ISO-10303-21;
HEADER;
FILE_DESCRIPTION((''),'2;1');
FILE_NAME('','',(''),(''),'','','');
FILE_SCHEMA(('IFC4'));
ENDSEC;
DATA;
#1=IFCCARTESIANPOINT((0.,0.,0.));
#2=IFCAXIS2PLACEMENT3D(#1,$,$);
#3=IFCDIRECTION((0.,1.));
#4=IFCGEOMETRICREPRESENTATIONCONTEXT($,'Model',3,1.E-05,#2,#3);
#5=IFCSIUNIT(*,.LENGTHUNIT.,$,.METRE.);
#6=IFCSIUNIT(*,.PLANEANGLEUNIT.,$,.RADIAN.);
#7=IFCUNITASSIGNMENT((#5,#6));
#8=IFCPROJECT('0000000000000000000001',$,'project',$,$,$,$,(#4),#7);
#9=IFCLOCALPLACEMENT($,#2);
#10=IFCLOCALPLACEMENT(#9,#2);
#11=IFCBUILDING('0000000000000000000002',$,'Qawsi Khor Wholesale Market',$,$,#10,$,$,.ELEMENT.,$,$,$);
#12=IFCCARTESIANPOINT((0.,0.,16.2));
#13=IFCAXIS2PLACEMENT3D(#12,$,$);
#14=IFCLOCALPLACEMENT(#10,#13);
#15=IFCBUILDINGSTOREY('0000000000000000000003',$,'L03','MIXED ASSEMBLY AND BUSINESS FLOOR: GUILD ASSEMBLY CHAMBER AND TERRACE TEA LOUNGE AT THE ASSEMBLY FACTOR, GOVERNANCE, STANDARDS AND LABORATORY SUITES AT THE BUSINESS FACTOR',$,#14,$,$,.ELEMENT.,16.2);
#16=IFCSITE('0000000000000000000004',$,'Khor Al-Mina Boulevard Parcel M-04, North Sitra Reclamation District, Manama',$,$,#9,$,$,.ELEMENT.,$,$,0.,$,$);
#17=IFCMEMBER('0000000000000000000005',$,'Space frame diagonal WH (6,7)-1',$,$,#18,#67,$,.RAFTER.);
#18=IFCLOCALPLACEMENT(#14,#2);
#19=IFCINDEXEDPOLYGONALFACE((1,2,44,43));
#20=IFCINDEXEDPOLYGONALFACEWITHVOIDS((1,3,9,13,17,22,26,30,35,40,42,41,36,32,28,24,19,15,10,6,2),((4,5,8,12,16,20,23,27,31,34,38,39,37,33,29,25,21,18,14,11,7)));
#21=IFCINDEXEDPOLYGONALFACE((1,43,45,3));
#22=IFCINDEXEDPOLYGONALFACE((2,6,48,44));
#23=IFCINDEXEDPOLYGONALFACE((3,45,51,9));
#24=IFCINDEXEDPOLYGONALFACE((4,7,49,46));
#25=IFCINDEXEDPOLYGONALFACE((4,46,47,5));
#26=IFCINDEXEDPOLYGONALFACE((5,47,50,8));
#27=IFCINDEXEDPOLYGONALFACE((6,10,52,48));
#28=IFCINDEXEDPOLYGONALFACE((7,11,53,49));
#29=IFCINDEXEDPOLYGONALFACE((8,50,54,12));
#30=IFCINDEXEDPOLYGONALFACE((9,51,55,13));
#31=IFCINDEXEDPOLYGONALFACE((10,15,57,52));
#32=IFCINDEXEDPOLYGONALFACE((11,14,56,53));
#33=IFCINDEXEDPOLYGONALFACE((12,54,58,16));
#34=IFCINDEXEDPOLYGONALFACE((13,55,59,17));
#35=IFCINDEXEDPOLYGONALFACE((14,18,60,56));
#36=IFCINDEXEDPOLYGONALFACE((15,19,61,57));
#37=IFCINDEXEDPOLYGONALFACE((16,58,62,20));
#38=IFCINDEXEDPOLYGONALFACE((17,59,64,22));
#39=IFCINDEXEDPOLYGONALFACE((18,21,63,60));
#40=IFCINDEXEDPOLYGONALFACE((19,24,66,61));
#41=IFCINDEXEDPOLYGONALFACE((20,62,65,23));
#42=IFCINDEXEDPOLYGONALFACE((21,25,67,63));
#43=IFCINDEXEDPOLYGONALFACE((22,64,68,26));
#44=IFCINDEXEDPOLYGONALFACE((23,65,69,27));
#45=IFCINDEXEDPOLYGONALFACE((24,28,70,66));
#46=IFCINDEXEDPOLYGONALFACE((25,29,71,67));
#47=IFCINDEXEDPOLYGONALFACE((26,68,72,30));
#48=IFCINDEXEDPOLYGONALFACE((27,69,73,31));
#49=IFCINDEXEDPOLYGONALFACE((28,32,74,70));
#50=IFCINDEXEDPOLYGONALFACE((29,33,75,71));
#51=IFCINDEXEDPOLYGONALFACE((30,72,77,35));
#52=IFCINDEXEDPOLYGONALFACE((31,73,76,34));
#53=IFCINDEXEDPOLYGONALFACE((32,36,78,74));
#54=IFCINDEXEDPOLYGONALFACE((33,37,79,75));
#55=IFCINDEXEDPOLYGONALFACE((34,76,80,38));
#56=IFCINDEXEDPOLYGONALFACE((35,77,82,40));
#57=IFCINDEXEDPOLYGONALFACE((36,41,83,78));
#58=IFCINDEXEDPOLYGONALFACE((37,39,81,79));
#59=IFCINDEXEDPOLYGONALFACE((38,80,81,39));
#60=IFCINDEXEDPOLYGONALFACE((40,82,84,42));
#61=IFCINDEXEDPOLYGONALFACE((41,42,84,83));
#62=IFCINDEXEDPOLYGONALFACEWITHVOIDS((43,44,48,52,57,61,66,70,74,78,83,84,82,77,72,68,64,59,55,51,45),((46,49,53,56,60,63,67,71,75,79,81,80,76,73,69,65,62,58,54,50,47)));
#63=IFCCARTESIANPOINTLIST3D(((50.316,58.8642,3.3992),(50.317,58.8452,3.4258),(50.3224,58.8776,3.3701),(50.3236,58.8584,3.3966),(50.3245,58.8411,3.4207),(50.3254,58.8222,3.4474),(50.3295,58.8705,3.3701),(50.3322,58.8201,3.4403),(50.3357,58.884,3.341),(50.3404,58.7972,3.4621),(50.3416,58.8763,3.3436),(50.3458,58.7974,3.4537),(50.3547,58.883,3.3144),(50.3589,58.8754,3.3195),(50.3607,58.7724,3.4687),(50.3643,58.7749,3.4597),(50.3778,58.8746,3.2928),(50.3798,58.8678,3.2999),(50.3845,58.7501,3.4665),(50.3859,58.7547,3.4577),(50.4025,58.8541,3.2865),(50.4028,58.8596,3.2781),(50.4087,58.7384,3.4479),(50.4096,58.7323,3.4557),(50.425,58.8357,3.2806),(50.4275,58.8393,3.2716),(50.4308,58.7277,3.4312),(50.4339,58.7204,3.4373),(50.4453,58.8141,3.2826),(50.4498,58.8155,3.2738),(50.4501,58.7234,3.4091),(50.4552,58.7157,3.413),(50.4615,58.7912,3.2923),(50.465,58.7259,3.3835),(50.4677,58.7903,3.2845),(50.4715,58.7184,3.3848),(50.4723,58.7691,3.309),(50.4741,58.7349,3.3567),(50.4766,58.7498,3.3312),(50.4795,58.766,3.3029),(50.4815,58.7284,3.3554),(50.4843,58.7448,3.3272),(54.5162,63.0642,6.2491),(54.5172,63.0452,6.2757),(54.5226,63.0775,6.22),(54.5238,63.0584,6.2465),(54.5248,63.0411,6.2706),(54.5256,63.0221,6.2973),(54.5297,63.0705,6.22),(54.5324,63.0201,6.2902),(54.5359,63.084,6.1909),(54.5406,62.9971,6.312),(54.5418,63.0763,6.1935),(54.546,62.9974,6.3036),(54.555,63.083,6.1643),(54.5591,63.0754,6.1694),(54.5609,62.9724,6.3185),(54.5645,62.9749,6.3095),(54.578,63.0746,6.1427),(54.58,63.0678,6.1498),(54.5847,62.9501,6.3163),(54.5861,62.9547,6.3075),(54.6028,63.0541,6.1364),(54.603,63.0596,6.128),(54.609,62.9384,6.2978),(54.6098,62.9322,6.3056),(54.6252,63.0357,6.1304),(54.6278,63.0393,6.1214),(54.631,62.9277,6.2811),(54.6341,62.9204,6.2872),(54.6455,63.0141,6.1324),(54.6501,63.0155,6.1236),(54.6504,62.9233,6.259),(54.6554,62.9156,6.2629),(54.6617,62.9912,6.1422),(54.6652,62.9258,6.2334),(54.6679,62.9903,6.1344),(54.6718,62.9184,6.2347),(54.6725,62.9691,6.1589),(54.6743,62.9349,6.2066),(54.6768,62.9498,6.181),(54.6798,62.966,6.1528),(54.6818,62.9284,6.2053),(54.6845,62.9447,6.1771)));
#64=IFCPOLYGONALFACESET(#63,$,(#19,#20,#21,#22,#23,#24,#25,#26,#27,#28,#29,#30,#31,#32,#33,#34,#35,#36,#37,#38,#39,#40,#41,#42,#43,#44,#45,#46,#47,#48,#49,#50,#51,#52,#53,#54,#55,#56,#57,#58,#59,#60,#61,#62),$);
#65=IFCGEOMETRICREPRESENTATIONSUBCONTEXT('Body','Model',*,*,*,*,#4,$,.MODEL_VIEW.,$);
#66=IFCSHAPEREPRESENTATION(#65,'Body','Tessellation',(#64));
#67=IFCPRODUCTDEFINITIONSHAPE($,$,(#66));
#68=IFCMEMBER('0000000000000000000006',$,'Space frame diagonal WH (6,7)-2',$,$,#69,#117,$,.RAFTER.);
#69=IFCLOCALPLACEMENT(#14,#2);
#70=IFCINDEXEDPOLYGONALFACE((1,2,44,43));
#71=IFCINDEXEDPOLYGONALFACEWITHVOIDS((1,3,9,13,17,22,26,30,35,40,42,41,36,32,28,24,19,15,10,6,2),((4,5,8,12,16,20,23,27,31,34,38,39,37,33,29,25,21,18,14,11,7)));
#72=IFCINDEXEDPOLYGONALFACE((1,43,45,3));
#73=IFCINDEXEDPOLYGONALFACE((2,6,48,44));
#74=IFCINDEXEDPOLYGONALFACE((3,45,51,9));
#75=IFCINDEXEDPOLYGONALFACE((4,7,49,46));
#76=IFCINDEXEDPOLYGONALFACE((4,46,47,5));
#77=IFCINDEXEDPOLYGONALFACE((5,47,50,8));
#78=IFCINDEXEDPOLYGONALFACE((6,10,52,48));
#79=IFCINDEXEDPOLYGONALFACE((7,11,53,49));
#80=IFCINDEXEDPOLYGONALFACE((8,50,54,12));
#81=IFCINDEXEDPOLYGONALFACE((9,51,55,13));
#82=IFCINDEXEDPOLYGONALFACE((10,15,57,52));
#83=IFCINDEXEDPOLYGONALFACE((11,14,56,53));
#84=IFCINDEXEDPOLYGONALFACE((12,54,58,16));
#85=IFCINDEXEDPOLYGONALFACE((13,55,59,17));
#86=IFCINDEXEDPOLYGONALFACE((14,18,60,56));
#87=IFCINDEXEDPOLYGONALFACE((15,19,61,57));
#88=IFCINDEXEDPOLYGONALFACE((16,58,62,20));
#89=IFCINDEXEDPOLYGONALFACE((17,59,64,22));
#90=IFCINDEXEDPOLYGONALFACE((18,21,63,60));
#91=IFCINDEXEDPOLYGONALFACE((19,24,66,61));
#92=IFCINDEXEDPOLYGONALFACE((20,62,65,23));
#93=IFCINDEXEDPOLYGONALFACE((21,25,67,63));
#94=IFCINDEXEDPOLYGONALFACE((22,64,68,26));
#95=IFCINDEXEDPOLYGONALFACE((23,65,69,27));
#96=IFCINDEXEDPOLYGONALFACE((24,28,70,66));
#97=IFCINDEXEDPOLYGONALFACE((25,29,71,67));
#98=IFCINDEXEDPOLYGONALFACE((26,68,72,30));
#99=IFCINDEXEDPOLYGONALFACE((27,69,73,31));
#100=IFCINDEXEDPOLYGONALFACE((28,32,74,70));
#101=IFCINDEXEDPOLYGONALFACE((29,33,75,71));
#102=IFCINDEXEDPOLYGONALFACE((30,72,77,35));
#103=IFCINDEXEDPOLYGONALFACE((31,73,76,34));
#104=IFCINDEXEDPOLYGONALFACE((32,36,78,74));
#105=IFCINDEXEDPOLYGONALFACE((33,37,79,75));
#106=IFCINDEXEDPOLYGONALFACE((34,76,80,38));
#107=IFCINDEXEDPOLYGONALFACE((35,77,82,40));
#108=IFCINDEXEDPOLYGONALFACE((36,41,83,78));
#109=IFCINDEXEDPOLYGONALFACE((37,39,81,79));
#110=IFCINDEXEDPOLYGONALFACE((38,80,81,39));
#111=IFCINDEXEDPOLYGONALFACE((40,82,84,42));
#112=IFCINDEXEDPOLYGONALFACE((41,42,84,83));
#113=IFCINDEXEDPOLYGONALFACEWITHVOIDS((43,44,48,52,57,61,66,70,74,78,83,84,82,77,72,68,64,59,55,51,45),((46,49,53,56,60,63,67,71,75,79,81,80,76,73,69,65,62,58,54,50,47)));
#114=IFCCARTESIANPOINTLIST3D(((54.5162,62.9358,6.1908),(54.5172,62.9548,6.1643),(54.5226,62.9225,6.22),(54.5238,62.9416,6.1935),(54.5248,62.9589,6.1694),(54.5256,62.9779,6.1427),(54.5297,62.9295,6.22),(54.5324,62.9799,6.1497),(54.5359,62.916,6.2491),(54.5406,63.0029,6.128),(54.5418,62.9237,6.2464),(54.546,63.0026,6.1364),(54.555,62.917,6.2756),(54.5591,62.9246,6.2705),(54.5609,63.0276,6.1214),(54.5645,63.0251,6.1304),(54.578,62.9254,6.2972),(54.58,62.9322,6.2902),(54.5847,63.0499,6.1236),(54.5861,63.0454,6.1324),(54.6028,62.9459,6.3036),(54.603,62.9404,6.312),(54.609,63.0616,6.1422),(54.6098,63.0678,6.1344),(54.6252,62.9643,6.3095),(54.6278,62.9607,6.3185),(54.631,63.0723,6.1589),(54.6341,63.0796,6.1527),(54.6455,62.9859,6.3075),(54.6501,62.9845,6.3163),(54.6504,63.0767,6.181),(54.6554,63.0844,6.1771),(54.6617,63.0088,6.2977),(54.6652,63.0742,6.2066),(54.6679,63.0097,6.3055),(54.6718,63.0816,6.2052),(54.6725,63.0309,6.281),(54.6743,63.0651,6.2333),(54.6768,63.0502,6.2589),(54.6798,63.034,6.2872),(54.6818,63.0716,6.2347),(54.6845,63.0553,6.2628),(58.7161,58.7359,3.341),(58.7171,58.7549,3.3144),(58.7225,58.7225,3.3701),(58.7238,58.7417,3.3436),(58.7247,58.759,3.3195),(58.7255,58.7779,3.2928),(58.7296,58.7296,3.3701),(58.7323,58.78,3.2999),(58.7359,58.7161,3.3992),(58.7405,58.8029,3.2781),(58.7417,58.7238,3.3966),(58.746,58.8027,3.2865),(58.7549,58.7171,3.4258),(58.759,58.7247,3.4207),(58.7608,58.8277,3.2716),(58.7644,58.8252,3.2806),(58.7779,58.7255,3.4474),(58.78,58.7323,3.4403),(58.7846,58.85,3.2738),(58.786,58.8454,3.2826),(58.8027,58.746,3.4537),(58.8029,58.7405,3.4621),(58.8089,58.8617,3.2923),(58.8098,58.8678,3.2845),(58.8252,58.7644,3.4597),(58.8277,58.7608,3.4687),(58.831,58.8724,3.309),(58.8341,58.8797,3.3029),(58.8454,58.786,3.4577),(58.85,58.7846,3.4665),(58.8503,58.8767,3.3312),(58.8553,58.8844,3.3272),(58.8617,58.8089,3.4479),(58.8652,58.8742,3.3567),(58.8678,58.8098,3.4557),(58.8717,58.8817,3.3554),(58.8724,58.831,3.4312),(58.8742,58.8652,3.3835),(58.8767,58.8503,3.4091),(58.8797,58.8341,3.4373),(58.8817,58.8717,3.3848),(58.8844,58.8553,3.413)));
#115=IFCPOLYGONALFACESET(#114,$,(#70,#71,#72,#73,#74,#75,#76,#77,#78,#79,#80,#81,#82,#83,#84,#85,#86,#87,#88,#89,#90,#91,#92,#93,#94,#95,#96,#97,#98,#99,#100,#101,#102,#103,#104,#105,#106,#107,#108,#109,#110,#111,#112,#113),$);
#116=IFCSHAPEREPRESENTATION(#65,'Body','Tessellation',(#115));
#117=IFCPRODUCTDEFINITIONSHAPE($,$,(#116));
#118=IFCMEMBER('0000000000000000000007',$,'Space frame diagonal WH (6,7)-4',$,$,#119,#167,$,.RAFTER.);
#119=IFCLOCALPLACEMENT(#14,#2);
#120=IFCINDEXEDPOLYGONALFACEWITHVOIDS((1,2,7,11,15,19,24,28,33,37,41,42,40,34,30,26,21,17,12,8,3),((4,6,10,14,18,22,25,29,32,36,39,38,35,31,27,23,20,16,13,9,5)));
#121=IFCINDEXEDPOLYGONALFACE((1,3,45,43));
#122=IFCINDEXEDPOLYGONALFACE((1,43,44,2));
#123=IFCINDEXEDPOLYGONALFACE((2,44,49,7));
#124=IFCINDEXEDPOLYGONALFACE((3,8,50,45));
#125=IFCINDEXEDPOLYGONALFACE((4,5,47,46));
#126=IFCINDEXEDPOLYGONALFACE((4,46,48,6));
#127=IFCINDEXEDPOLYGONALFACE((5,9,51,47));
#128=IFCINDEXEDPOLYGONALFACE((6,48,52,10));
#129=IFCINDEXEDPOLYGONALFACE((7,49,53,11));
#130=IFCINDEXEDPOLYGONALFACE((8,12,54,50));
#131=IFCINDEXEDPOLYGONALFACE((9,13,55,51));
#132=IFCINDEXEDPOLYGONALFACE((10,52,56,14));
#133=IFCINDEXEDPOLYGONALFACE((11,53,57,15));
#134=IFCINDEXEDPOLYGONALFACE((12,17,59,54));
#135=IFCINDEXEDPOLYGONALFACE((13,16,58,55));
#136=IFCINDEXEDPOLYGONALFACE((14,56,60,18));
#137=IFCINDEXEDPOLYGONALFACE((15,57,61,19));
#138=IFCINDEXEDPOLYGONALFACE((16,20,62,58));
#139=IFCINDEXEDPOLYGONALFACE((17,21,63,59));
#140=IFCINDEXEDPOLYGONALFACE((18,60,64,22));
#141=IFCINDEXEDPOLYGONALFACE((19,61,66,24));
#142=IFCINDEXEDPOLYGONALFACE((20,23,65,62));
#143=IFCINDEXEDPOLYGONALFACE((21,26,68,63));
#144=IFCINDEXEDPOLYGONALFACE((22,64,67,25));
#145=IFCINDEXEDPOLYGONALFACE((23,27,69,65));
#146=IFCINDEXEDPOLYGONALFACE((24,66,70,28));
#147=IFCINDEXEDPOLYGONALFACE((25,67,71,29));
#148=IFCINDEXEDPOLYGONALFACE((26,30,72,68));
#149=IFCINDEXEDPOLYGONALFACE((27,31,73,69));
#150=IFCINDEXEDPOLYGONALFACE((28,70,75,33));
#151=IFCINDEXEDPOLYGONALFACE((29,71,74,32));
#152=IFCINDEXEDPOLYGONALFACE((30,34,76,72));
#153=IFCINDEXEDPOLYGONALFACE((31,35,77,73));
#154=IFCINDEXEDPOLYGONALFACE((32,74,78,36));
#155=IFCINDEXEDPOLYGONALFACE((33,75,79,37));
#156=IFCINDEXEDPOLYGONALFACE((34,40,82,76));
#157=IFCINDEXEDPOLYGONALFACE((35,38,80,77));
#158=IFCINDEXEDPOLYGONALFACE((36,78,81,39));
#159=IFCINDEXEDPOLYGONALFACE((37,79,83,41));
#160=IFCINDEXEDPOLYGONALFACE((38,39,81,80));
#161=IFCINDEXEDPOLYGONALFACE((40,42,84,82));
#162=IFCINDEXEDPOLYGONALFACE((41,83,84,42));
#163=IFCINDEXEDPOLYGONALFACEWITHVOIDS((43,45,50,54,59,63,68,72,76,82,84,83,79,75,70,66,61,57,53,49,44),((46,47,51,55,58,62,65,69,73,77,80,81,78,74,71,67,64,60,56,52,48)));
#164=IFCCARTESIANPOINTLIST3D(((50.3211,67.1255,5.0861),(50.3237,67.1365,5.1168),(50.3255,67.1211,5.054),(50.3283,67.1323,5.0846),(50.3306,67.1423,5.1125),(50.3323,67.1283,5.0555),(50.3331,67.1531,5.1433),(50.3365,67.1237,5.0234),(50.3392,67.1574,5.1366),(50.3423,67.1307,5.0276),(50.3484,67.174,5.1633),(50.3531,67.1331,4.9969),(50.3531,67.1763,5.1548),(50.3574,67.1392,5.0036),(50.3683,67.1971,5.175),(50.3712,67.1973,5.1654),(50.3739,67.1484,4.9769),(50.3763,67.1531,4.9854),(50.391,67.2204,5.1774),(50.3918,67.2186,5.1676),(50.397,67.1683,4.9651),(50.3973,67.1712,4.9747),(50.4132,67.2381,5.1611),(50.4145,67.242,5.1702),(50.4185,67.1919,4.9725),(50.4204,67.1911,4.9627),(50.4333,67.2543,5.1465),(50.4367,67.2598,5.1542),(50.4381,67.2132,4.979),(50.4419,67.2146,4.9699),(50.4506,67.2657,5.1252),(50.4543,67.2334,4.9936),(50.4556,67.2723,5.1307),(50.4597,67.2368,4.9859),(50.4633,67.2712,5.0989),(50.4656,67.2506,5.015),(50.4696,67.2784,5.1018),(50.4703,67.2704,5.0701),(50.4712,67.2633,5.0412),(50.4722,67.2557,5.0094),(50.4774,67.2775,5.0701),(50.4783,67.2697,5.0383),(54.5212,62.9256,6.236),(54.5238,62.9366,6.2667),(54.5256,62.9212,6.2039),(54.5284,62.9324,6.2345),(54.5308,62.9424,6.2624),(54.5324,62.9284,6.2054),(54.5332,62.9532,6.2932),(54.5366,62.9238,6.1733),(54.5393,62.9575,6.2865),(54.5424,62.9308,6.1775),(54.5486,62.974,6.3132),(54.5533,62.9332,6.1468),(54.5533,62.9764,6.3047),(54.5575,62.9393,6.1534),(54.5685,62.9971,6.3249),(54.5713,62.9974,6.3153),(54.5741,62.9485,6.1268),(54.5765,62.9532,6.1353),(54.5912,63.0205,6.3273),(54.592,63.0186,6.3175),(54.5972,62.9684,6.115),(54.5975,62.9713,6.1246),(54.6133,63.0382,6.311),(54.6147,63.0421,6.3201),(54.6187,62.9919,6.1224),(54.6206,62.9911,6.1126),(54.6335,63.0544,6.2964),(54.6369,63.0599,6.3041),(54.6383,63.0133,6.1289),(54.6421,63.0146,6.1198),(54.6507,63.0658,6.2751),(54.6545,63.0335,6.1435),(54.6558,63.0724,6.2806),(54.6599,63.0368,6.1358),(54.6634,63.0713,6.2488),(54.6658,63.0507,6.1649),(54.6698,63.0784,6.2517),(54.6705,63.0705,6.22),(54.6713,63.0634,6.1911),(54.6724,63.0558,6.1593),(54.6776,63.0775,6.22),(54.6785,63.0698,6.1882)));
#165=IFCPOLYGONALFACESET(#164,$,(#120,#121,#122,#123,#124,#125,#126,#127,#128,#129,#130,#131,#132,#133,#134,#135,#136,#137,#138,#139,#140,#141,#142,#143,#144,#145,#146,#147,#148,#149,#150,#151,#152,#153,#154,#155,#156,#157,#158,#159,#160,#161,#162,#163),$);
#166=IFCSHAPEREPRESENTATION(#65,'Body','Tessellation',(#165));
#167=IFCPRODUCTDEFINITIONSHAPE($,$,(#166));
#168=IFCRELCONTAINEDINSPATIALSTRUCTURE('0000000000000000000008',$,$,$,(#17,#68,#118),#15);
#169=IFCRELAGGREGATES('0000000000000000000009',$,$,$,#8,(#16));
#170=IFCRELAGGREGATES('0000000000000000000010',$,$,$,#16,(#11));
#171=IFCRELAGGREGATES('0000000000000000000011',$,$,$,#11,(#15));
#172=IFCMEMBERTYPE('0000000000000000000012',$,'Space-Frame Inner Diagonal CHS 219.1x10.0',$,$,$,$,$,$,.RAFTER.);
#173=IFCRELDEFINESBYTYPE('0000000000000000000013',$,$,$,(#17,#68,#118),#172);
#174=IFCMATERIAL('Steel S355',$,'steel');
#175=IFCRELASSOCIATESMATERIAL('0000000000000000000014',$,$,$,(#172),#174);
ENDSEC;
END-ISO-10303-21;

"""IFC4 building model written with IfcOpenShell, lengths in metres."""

from ifc_helpers import new_model, si_unit, direction, frame, origin, origin_2d, place, context, subcontext, project, spatial, hollow_circle, extrude, material, material_profile, profile_set, type_object, element, save


model = new_model("IFC4")

# Units and contexts
model_context = context("Model", 3, precision=1e-05, world=origin(), true_north=direction((0.0, 1.0)))
body_context = subcontext(model_context, "Body", "Model", "MODEL_VIEW")
ifc_project = project(units=[si_unit("LENGTHUNIT", "METRE"), si_unit("PLANEANGLEUNIT", "RADIAN")], contexts=[model_context])

# Site, building, storey
site_placement = place(None, origin())
site = spatial("IfcSite", under=ifc_project, at=site_placement, Name="Khor Al-Mina Boulevard Parcel M-04, North Sitra Reclamation District, Manama", CompositionType="ELEMENT", RefElevation=0.0)
building_placement = place(site_placement, origin())
building = spatial("IfcBuilding", under=site, at=building_placement, Name="Qawsi Khor Wholesale Market", CompositionType="ELEMENT")
storey_placement = place(building_placement, frame((0.0, 0.0, 16.2)))
storey = spatial("IfcBuildingStorey", under=building, at=storey_placement, Name="L03", Description="MIXED ASSEMBLY AND BUSINESS FLOOR: GUILD ASSEMBLY CHAMBER AND TERRACE TEA LOUNGE AT THE ASSEMBLY FACTOR, GOVERNANCE, STANDARDS AND LABORATORY SUITES AT THE BUSINESS FACTOR", CompositionType="ELEMENT", Elevation=16.2)

# Members
ifc_material_1 = material(Name="Steel S355", Category="steel")
ifc_material_profile_1 = material_profile(ifc_material_1, hollow_circle(Radius=0.1096, WallThickness=0.01, at=origin_2d()), Name="CHS 219.1x10.0")
ifc_profile_set_1 = profile_set([ifc_material_profile_1], Name="Steel S355")
member_type_1 = type_object("IfcMemberType", Name="Space-Frame Inner Diagonal CHS 219.1x10.0", PredefinedType="RAFTER", material=ifc_profile_set_1)
member_1_placement = place(storey_placement, frame((50.3999, 58.8, 3.3701), z_axis=(0.637544, 0.637507, 0.432577), x_axis=(-0.707086, 0.707127, 0.0)))
element("IfcMember", 1, at=member_1_placement, inside=storey, type_object=member_type_1, Name="Space frame diagonal WH (6,7)-1", PredefinedType="RAFTER", context=body_context, shape_type="SweptSolid", body=[
    extrude(hollow_circle(Radius=0.1096, WallThickness=0.01, at=origin_2d()), origin(), (0.0, 0.0, 1.0), 6.5881),
])
member_2_placement = place(storey_placement, frame((58.8, 58.8, 3.3701), z_axis=(-0.637522, 0.637522, 0.432587), x_axis=(-0.707107, -0.707107, 0.0)))
element("IfcMember", 2, at=member_2_placement, inside=storey, type_object=member_type_1, Name="Space frame diagonal WH (6,7)-2", PredefinedType="RAFTER", context=body_context, shape_type="SweptSolid", body=[
    extrude(hollow_circle(Radius=0.1096, WallThickness=0.01, at=origin_2d()), origin(), (0.0, 0.0, 1.0), 6.5879),
])
member_3_placement = place(storey_placement, frame((50.3999, 67.2, 5.0701), z_axis=(0.694238, -0.694197, 0.190064), x_axis=(0.707086, 0.707127, 0.0)))
element("IfcMember", 3, at=member_3_placement, inside=storey, type_object=member_type_1, Name="Space frame diagonal WH (6,7)-4", PredefinedType="RAFTER", context=body_context, shape_type="SweptSolid", body=[
    extrude(hollow_circle(Radius=0.1096, WallThickness=0.01, at=origin_2d()), origin(), (0.0, 0.0, 1.0), 6.05),
])

save(model, "model.ifc")
